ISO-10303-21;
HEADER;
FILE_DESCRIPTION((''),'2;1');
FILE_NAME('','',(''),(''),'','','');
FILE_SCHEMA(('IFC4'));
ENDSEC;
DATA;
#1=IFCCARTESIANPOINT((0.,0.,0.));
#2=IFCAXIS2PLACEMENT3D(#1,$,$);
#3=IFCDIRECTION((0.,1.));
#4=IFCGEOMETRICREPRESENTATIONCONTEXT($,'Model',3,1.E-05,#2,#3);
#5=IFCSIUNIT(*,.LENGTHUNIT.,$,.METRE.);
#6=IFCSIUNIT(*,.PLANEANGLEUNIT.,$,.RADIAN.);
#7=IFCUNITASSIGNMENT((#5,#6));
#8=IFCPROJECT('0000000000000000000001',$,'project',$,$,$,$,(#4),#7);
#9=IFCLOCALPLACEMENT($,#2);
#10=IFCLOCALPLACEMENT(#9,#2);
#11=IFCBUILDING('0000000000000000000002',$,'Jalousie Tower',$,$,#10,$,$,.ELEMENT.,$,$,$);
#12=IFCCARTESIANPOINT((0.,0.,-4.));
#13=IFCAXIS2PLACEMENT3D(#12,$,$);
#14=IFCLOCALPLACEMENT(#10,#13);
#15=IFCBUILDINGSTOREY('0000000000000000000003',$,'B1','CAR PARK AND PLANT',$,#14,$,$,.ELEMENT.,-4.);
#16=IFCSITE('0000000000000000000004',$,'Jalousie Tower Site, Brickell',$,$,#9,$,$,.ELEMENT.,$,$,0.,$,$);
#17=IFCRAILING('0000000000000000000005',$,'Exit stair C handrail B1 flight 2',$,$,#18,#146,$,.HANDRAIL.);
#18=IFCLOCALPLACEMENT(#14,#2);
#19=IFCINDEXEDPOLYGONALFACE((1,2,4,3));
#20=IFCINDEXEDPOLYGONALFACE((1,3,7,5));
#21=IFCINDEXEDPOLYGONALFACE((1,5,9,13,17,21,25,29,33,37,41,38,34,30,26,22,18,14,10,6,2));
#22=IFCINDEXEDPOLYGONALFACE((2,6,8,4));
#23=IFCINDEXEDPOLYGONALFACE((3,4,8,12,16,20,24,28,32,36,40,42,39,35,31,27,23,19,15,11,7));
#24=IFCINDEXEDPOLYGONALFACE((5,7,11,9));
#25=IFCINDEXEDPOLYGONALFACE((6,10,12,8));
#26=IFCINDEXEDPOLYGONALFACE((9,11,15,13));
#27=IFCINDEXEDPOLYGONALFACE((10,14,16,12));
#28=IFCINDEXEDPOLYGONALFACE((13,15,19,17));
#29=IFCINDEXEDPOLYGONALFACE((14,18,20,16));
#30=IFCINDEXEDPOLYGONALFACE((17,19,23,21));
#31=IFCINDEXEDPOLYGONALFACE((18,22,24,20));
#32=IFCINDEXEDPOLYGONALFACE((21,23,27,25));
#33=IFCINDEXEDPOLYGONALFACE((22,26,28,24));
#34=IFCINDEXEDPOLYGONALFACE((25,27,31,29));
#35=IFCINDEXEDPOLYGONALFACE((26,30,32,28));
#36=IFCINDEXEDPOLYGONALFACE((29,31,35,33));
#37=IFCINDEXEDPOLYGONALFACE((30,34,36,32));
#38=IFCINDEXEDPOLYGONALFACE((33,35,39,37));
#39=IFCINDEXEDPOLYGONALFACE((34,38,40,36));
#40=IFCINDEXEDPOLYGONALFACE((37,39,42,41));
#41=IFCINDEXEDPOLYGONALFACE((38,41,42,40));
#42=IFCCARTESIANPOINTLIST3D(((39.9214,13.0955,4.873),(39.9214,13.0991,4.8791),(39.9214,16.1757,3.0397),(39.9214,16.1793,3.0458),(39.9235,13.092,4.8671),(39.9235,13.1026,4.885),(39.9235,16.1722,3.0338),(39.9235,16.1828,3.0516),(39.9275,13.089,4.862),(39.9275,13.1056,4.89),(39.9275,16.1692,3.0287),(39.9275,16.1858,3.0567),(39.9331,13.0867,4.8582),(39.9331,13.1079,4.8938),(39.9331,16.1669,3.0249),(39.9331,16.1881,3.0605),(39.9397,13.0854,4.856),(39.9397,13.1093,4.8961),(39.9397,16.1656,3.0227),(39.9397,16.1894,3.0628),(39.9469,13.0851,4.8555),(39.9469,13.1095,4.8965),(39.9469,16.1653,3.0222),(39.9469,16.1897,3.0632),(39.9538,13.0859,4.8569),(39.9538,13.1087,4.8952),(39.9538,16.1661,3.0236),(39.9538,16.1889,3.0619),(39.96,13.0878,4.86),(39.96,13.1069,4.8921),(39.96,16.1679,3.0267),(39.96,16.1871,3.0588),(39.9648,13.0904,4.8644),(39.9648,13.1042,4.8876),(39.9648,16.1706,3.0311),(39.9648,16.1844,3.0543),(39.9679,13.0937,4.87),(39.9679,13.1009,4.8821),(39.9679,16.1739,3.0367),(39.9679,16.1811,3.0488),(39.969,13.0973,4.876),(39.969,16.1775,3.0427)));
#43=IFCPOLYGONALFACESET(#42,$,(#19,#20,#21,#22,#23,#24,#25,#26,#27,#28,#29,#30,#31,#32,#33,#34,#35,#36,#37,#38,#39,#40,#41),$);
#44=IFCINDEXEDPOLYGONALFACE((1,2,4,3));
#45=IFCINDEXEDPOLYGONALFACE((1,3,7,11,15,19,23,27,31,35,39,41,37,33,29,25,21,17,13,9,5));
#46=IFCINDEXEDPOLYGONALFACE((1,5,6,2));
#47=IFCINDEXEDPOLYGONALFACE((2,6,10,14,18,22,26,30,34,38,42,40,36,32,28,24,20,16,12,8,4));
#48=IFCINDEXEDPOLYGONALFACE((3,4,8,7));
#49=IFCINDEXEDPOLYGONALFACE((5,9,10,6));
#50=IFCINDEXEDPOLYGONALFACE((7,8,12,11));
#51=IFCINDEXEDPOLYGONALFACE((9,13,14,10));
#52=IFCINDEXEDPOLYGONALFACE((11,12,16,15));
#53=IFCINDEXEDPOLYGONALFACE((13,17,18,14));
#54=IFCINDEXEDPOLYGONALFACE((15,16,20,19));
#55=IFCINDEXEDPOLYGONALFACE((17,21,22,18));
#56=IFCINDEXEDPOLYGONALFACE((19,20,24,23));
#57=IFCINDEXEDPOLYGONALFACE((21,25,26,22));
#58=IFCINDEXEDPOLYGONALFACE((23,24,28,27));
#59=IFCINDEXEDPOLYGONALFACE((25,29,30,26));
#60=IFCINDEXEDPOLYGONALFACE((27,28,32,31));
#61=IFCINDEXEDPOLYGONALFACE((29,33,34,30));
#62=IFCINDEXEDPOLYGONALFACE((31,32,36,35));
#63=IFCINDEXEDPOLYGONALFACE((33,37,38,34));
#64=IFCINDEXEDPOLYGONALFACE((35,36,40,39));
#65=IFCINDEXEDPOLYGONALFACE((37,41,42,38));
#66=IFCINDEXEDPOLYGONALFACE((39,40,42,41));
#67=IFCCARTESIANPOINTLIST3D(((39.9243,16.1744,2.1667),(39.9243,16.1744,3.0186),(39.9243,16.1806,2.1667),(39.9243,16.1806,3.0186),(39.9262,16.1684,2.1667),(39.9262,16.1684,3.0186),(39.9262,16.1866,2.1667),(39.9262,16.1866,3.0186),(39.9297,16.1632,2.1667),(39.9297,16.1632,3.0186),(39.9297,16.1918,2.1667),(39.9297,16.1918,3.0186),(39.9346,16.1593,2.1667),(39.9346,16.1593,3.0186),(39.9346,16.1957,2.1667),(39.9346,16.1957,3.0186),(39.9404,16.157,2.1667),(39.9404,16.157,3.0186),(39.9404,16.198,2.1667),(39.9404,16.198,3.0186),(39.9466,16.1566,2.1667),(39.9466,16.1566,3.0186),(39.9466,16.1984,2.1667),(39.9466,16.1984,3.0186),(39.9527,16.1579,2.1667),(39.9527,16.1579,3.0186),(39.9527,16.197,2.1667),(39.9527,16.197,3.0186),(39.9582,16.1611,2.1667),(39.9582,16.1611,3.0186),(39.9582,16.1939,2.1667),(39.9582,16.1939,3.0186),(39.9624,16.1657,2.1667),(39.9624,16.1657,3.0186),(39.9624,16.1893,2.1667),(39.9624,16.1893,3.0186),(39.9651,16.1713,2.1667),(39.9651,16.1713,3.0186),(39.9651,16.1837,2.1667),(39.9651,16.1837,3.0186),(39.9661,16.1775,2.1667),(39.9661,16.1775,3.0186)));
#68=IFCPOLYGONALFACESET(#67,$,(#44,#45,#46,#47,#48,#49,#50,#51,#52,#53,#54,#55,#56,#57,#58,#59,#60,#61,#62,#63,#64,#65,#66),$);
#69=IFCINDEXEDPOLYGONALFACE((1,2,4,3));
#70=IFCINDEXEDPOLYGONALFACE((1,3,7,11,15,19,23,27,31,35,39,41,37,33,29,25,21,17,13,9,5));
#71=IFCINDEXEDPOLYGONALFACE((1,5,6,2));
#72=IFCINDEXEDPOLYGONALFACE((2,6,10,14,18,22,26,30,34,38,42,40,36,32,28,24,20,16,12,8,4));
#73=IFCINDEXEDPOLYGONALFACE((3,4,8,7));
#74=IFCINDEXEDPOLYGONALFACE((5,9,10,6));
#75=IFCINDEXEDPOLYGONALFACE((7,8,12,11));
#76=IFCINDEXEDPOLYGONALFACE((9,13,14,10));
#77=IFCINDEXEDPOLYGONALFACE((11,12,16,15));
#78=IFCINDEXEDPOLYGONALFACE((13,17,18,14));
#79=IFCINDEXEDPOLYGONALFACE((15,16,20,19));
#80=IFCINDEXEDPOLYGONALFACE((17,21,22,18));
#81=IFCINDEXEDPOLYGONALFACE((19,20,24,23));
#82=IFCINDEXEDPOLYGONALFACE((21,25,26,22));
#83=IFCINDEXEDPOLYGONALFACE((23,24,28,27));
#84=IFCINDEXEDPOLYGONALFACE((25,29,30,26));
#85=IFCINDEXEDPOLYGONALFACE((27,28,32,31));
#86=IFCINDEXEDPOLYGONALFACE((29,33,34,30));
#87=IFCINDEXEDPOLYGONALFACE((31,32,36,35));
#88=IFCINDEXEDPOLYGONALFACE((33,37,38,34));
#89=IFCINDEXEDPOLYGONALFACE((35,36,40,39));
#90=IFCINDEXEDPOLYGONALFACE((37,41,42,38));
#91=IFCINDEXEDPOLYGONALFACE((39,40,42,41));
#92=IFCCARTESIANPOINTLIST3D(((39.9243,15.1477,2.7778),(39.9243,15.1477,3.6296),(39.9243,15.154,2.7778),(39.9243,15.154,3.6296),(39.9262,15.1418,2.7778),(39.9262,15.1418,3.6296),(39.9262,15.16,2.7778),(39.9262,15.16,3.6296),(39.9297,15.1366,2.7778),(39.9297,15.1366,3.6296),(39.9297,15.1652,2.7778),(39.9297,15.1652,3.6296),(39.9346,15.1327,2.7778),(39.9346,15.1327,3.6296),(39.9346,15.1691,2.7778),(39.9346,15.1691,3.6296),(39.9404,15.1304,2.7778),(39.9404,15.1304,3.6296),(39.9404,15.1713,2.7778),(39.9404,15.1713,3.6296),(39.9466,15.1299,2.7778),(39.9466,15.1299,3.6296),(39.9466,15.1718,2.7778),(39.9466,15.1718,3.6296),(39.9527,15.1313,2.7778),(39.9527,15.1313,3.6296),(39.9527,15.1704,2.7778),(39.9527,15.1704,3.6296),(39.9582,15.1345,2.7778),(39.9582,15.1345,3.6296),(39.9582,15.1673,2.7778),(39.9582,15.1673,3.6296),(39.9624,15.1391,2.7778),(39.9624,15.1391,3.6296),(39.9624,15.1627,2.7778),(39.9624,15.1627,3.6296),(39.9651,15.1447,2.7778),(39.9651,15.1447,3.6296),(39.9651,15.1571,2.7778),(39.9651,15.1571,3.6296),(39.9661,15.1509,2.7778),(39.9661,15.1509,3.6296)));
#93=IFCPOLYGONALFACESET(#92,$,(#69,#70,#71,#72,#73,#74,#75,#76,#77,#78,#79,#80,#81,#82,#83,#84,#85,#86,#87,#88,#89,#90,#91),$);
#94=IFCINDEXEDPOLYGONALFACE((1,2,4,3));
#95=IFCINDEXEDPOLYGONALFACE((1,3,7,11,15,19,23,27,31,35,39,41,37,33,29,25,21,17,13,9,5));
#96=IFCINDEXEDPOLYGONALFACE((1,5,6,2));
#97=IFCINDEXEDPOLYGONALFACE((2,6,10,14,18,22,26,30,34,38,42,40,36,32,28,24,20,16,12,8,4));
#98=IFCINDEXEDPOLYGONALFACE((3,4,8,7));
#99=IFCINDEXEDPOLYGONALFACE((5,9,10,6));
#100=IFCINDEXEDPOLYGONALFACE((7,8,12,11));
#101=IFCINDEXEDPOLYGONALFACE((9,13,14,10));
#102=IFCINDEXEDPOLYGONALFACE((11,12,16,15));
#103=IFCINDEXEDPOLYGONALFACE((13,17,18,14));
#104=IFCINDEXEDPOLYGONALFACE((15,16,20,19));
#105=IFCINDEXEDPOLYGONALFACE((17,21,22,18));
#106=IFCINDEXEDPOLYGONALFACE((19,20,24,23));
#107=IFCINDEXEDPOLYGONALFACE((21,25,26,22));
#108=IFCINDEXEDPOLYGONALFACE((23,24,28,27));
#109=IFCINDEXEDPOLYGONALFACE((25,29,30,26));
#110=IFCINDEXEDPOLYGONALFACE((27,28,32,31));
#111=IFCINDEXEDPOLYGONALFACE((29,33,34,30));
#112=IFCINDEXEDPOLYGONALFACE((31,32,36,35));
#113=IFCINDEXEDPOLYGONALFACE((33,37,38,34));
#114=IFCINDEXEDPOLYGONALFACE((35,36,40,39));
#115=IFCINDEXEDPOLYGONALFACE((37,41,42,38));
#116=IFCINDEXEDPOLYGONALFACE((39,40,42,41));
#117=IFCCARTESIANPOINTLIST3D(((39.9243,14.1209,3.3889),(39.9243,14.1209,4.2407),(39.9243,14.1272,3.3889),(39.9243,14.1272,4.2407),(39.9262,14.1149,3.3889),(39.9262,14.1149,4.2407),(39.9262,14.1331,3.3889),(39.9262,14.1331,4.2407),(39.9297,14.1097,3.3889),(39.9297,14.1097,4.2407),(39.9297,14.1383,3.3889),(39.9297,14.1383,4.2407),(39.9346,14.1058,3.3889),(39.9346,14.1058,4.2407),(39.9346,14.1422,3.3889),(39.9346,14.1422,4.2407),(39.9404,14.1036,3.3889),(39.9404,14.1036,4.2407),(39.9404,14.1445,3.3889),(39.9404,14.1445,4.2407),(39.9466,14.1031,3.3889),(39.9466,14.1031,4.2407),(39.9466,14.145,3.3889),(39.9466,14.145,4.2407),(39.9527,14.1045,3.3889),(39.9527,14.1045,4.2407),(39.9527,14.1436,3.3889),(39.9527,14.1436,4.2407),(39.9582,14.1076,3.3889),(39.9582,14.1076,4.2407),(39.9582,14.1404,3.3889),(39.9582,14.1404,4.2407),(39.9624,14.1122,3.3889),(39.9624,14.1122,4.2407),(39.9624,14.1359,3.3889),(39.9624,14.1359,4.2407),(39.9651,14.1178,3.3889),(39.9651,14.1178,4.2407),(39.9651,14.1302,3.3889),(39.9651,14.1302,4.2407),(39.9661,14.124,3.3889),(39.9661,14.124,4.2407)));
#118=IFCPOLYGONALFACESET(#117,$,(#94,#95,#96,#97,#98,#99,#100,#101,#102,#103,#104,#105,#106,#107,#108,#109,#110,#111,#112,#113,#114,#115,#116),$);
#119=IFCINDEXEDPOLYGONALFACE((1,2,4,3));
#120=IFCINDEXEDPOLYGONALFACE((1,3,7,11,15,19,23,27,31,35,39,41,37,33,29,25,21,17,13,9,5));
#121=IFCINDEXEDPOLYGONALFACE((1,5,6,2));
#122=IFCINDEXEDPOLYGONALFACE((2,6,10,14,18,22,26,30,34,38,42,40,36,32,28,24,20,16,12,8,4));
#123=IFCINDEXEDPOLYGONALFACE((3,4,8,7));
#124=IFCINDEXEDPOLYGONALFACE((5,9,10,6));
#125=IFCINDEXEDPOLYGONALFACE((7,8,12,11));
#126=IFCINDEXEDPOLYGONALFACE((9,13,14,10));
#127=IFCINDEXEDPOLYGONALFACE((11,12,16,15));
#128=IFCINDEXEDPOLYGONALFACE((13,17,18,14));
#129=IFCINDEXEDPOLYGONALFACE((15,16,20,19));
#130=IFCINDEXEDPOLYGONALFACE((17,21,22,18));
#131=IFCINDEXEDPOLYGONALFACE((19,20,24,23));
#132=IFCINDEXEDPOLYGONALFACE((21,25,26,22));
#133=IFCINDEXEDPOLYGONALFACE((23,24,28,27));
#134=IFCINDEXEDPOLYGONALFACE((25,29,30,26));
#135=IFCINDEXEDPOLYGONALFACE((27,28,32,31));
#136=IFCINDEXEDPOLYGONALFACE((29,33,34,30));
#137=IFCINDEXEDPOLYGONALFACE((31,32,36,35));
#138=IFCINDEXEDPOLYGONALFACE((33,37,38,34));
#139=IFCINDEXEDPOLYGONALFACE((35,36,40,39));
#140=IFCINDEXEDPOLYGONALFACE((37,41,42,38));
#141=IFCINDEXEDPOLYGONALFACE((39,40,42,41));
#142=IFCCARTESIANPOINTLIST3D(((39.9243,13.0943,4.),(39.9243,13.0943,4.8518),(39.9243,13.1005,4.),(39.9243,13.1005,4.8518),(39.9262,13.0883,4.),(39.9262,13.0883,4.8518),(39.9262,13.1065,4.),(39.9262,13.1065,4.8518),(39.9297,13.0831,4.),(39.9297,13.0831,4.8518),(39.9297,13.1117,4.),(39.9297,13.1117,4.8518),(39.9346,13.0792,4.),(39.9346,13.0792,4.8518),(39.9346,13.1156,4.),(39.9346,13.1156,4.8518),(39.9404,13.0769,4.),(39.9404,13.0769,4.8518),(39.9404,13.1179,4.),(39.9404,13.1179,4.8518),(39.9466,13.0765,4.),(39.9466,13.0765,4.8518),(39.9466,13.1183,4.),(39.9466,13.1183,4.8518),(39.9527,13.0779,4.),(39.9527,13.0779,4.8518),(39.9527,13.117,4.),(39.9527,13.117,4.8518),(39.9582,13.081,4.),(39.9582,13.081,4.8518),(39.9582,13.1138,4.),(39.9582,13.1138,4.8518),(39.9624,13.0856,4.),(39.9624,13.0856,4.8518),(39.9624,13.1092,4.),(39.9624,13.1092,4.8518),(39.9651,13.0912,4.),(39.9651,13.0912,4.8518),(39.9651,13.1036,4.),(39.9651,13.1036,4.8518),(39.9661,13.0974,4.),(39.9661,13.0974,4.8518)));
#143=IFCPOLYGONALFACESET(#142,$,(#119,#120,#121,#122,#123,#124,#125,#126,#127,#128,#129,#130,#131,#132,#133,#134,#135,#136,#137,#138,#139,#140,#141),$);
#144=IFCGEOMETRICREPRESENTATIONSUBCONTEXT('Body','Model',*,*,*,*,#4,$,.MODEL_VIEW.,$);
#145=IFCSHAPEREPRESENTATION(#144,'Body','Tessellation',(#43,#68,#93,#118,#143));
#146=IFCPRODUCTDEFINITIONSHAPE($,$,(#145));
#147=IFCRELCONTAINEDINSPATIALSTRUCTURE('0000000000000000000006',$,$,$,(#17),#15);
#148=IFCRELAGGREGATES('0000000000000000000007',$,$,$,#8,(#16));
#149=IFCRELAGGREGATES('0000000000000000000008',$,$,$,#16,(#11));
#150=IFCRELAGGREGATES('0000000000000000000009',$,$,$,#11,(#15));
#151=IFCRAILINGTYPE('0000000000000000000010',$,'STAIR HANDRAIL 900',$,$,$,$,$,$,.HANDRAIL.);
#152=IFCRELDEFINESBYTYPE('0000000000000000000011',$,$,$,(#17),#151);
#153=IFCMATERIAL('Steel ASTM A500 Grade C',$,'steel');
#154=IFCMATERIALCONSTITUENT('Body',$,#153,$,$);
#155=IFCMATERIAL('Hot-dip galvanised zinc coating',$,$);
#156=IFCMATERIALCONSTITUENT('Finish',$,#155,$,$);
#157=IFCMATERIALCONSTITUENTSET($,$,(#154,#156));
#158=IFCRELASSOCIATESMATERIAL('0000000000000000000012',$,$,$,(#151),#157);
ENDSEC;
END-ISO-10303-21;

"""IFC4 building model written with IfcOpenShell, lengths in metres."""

from ifc_helpers import new_model, si_unit, direction, frame, origin, origin_2d, place, context, subcontext, project, spatial, circle, extrude, material, constituent, constituent_set, type_object, element, save


model = new_model("IFC4")

# Units and contexts
model_context = context("Model", 3, precision=1e-05, world=origin(), true_north=direction((0.0, 1.0)))
body_context = subcontext(model_context, "Body", "Model", "MODEL_VIEW")
ifc_project = project(units=[si_unit("LENGTHUNIT", "METRE"), si_unit("PLANEANGLEUNIT", "RADIAN")], contexts=[model_context])

# Site, building, storey
site_placement = place(None, origin())
site = spatial("IfcSite", under=ifc_project, at=site_placement, Name="Jalousie Tower Site, Brickell", CompositionType="ELEMENT", RefElevation=0.0)
building_placement = place(site_placement, origin())
building = spatial("IfcBuilding", under=site, at=building_placement, Name="Jalousie Tower", CompositionType="ELEMENT")
storey_placement = place(building_placement, frame((0.0, 0.0, -4.0)))
storey = spatial("IfcBuildingStorey", under=building, at=storey_placement, Name="B1", Description="CAR PARK AND PLANT", CompositionType="ELEMENT", Elevation=-4.0)

# Railing
ifc_material_1 = material(Name="Steel ASTM A500 Grade C", Category="steel")
ifc_constituent_1 = constituent(ifc_material_1, Name="Body")
ifc_material_2 = material(Name="Hot-dip galvanised zinc coating")
ifc_constituent_2 = constituent(ifc_material_2, Name="Finish")
ifc_constituent_set_1 = constituent_set(constituents=[ifc_constituent_1, ifc_constituent_2])
railing_type_1 = type_object("IfcRailingType", Name="STAIR HANDRAIL 900", PredefinedType="HANDRAIL", material=ifc_constituent_set_1)
for number, where, name in (
    (1, (39.9451, 16.1775, 2.1667), "Exit stair C handrail B1 flight 2"),
):
    element("IfcRailing", number, at=place(storey_placement, frame(where)), inside=storey, type_object=railing_type_1, Name=name, PredefinedType="HANDRAIL", context=body_context, shape_type="SweptSolid", body=[
        extrude(circle(Radius=0.0239, at=origin_2d()), frame((0.0, 0.0, 0.876), z_axis=(0.0, -0.859309, 0.511458), x_axis=(1.0, 0.0, 0.0)), (0.0, 0.0, 1.0), 3.5845),
        extrude(circle(Radius=0.021, at=origin_2d()), origin(), (0.0, 0.0, 1.0), 0.8518),
        extrude(circle(Radius=0.021, at=origin_2d()), frame((0.0, -1.0266, 0.6111)), (0.0, 0.0, 1.0), 0.8518),
        extrude(circle(Radius=0.021, at=origin_2d()), frame((0.0, -2.0535, 1.2222)), (0.0, 0.0, 1.0), 0.8518),
        extrude(circle(Radius=0.021, at=origin_2d()), frame((0.0, -3.0801, 1.8333)), (0.0, 0.0, 1.0), 0.8518),
    ])

save(model, "model.ifc")
